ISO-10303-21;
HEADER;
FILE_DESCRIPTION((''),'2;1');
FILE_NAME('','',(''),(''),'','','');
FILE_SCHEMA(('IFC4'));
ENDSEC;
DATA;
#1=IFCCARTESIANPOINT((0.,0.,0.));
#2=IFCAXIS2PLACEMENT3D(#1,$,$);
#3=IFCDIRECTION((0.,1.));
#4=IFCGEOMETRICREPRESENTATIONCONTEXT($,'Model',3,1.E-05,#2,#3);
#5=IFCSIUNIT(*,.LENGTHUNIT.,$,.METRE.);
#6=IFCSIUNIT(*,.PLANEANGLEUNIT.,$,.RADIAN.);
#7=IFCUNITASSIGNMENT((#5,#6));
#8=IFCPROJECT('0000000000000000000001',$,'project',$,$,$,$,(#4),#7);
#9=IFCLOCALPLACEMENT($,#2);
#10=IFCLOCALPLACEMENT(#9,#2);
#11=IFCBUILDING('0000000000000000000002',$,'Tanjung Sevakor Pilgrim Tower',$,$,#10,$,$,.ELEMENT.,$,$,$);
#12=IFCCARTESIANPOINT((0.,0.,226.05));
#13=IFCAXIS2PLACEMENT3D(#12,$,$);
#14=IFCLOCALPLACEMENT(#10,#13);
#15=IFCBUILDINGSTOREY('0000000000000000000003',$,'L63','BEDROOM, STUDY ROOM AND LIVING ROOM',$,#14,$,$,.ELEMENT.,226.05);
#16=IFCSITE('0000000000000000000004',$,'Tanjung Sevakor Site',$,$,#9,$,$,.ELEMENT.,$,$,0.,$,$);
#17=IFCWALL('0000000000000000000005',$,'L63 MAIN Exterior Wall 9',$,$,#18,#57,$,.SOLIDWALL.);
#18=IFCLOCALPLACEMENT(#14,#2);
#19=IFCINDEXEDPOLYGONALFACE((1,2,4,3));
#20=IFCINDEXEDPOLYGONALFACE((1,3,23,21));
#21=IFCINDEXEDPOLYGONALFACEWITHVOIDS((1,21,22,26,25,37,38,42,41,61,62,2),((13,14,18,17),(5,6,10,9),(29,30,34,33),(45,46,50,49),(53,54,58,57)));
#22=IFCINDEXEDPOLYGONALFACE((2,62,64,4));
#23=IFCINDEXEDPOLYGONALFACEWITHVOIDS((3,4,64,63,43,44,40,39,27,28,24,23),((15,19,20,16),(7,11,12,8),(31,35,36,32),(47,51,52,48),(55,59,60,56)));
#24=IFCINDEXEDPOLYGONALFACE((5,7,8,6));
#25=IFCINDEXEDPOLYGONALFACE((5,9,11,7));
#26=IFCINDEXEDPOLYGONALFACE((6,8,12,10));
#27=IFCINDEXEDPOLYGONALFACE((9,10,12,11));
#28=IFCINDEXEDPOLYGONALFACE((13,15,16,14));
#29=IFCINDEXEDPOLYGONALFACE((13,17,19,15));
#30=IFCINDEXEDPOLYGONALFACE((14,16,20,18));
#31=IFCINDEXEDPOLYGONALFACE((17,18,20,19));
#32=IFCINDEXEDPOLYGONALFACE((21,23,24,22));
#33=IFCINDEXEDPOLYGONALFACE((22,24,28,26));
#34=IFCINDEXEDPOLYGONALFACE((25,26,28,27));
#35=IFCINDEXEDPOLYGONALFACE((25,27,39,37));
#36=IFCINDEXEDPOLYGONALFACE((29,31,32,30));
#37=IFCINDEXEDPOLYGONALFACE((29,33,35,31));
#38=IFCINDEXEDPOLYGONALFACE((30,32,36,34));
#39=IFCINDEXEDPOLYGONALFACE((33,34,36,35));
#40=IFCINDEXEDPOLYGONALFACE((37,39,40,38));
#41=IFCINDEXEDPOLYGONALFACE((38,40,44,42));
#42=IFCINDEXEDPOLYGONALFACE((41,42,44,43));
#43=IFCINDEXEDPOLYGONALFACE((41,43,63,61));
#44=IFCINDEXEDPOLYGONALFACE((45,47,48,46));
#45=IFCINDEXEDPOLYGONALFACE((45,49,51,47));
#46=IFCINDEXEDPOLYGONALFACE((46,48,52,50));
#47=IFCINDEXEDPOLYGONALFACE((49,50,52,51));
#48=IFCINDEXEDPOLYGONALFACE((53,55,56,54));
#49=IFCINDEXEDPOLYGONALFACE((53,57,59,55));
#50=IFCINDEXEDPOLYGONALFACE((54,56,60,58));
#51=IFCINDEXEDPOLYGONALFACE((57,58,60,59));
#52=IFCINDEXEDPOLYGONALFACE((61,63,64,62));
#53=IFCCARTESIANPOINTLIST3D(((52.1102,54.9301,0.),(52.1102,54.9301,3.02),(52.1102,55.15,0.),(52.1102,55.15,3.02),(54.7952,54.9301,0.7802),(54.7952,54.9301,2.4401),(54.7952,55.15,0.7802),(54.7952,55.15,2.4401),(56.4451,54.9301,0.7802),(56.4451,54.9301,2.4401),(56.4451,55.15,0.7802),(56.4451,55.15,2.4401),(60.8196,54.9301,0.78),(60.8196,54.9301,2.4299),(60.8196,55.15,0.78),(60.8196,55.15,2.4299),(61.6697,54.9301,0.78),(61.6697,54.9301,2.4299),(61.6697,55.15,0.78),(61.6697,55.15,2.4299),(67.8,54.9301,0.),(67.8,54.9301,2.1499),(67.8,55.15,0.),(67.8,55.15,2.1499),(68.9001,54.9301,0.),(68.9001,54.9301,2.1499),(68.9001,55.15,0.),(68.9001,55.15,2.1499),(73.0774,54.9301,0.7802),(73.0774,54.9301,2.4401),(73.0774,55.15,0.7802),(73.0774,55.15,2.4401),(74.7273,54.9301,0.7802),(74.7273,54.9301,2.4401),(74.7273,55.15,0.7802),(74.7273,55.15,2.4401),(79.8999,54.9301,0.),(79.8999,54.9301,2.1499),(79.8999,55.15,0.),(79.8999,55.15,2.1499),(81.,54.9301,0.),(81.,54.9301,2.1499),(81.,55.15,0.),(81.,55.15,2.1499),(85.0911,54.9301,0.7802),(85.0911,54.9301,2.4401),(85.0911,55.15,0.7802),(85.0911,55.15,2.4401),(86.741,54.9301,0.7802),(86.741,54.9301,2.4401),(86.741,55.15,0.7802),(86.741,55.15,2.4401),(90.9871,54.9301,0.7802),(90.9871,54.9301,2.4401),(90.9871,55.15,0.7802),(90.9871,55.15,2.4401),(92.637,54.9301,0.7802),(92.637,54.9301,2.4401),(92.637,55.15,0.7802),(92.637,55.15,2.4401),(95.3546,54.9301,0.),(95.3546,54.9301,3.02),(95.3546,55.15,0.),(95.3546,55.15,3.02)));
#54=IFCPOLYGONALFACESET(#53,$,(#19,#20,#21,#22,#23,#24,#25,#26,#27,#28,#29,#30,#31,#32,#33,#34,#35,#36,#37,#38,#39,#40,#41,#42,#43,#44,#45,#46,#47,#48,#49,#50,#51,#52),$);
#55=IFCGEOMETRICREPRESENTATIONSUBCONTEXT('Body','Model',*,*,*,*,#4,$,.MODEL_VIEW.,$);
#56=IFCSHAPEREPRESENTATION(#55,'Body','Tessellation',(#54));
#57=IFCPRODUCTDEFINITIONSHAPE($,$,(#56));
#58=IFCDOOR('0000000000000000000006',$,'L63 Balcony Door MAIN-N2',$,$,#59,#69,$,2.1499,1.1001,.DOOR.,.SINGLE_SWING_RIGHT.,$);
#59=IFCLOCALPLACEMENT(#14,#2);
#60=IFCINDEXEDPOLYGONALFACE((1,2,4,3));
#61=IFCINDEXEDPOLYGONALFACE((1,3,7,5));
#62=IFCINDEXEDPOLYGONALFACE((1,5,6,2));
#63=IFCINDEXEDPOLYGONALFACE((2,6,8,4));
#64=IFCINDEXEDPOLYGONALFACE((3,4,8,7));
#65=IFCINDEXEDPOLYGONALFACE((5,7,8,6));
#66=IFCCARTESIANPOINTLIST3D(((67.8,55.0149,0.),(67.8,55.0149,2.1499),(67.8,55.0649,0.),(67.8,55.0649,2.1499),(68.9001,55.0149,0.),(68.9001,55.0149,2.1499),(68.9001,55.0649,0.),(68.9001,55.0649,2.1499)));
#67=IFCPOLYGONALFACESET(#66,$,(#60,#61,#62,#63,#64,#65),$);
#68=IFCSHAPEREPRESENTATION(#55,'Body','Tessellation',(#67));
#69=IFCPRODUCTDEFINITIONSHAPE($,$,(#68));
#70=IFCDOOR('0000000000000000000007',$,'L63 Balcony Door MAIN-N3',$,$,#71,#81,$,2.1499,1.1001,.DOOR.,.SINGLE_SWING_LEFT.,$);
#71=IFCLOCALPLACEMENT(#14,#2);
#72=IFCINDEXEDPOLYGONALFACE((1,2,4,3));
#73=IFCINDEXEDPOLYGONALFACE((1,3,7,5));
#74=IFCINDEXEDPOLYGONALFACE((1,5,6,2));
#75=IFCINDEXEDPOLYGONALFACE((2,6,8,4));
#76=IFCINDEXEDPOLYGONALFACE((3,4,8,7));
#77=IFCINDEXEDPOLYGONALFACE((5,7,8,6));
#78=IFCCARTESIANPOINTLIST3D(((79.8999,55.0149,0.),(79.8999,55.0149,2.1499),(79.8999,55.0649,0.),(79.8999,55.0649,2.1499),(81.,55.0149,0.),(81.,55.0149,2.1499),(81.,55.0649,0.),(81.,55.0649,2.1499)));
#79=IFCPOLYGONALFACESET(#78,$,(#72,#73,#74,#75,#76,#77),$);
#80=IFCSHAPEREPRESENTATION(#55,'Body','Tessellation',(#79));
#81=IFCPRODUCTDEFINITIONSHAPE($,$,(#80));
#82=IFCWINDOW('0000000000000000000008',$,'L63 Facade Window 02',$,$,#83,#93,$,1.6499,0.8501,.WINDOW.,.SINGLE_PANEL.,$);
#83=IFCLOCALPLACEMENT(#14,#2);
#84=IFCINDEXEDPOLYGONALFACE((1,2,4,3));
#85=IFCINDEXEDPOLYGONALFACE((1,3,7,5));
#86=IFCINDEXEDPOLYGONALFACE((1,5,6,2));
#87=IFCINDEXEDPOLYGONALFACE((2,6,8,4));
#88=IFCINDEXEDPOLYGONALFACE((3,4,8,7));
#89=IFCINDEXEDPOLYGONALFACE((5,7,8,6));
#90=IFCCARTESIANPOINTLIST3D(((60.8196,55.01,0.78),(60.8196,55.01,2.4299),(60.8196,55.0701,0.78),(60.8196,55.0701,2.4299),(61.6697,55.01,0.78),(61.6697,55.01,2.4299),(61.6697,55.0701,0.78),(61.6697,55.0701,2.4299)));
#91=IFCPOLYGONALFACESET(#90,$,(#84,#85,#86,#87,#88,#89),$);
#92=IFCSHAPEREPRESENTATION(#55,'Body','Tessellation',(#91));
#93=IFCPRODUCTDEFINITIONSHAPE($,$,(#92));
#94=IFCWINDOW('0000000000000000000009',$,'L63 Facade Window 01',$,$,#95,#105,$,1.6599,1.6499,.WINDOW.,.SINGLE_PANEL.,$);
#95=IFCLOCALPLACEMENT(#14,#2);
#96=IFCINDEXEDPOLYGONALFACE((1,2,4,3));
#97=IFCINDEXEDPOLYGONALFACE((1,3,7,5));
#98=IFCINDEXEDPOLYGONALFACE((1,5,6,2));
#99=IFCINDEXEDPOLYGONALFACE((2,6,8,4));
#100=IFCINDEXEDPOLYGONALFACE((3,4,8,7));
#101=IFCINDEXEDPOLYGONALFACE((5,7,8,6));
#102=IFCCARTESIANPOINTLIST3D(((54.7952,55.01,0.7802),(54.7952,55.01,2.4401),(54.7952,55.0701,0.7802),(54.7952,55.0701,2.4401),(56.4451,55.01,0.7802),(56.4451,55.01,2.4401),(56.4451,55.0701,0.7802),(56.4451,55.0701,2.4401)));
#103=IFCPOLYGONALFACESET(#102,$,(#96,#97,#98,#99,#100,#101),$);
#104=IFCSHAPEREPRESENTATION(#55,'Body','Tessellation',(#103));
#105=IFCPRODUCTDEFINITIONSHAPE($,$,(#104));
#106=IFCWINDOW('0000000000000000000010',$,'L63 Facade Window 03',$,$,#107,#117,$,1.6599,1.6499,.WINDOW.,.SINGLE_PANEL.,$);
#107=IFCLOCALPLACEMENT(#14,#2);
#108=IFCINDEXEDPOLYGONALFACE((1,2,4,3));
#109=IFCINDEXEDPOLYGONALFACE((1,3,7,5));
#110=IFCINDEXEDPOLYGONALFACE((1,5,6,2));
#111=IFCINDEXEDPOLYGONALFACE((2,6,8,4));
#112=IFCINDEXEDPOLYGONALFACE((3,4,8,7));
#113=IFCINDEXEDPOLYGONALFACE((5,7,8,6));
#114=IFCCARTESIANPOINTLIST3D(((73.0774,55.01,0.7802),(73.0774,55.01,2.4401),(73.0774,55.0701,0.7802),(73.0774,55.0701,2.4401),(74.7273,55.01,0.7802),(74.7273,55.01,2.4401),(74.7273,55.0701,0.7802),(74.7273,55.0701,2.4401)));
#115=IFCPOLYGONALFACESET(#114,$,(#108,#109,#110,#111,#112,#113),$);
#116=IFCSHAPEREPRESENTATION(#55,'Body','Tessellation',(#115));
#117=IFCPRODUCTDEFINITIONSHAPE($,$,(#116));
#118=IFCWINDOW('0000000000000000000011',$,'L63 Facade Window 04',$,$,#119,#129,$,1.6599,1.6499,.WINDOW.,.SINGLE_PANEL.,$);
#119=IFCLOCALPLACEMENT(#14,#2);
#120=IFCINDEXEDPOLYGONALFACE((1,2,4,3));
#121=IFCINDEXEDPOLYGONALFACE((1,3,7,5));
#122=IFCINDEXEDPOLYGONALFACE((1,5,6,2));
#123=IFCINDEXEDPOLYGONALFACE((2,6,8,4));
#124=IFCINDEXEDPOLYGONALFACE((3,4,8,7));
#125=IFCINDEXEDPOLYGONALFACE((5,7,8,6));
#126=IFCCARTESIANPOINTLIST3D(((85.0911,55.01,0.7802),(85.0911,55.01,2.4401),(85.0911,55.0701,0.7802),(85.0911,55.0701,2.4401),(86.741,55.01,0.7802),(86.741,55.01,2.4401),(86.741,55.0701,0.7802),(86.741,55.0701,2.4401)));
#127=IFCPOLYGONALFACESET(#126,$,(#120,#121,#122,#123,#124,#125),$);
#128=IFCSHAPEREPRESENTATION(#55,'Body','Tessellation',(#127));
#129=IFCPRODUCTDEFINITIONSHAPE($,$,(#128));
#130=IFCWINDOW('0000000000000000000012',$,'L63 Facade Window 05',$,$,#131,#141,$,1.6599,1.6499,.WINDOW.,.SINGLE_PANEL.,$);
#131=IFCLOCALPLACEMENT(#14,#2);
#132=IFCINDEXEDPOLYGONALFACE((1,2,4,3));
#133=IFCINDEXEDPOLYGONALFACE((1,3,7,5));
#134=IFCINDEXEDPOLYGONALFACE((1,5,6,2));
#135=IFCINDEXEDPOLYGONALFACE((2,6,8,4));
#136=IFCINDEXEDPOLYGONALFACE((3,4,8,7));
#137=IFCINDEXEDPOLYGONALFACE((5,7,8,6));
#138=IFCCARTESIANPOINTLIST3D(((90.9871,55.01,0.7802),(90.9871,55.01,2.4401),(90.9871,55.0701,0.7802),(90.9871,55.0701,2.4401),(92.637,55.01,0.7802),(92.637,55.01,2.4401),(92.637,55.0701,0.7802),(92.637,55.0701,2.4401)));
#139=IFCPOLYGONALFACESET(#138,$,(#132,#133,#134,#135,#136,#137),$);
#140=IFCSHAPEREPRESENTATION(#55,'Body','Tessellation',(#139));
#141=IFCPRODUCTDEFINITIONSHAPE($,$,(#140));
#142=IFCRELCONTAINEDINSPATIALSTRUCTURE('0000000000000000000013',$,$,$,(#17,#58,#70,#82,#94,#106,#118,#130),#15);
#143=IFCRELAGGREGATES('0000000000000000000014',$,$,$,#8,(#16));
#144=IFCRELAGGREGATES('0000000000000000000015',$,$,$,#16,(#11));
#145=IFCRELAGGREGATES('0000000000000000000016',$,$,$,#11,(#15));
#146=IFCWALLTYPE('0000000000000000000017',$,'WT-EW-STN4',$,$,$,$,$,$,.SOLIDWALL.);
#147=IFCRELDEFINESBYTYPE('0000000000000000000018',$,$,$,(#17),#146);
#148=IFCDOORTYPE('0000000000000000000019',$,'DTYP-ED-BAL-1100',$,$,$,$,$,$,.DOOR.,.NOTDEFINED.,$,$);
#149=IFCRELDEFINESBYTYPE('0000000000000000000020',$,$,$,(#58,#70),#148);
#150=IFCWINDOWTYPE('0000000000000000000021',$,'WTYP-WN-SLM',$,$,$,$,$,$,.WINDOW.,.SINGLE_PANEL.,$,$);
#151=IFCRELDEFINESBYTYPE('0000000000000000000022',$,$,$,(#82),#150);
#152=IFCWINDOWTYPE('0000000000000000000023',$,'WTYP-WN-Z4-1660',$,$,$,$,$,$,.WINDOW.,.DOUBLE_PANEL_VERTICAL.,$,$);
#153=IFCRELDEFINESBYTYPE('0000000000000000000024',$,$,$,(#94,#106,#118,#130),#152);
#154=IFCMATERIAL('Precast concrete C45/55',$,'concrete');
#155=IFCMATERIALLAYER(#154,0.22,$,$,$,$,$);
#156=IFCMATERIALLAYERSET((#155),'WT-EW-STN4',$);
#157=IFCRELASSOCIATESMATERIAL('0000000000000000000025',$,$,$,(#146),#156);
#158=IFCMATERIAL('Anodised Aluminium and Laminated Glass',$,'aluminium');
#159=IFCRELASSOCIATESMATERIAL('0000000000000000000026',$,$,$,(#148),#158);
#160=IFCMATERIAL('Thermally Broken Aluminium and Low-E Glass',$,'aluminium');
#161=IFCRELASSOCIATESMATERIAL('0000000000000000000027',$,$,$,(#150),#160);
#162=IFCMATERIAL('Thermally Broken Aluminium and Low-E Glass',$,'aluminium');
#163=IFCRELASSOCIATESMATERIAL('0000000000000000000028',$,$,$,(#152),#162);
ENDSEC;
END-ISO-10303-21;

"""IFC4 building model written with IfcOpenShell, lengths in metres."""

from ifc_helpers import new_model, si_unit, direction, frame, frame_2d, origin, place, context, subcontext, project, spatial, rectangle, extrude, material, layer, layer_set, type_object, element, fill, save


model = new_model("IFC4")

# Units and contexts
model_context = context("Model", 3, precision=1e-05, world=origin(), true_north=direction((0.0, 1.0)))
body_context = subcontext(model_context, "Body", "Model", "MODEL_VIEW")
ifc_project = project(units=[si_unit("LENGTHUNIT", "METRE"), si_unit("PLANEANGLEUNIT", "RADIAN")], contexts=[model_context])

# Site, building, storey
site_placement = place(None, origin())
site = spatial("IfcSite", under=ifc_project, at=site_placement, Name="Tanjung Sevakor Site", CompositionType="ELEMENT", RefElevation=0.0)
building_placement = place(site_placement, origin())
building = spatial("IfcBuilding", under=site, at=building_placement, Name="Tanjung Sevakor Pilgrim Tower", CompositionType="ELEMENT")
storey_placement = place(building_placement, frame((0.0, 0.0, 226.05)))
storey = spatial("IfcBuildingStorey", under=building, at=storey_placement, Name="L63", Description="BEDROOM, STUDY ROOM AND LIVING ROOM", CompositionType="ELEMENT", Elevation=226.05)

# Wall, openings, doors, windows
ifc_material_1 = material(Name="Precast concrete C45/55", Category="concrete")
ifc_layer_1 = layer(ifc_material_1, 0.22)
ifc_layer_set_1 = layer_set([ifc_layer_1], Name="WT-EW-STN4")
wall_type_1 = type_object("IfcWallType", Name="WT-EW-STN4", PredefinedType="SOLIDWALL", material=ifc_layer_set_1)
wall_1_placement = place(storey_placement, frame((95.3545, 55.04, 0.0), z_axis=(0.0, 0.0, 1.0), x_axis=(-1.0, 0.0, 0.0)))
wall_1 = element("IfcWall", 1, at=wall_1_placement, inside=storey, type_object=wall_type_1, Name="L63 MAIN Exterior Wall 9", PredefinedType="SOLIDWALL", context=body_context, shape_type="SweptSolid", body=[
    extrude(rectangle(XDim=43.2444, YDim=0.22, at=frame_2d((21.6221, 0.0))), origin(), (0.0, 0.0, 1.0), 3.02),
])
opening_1_placement = place(wall_1_placement, frame((26.4543, 0.0, 0.0)))
opening_1 = element("IfcOpeningElement", 2, at=opening_1_placement, cuts=wall_1, PredefinedType="OPENING", context=body_context, shape_type="SweptSolid", body=[
    extrude(rectangle(XDim=1.1001, YDim=2.1499, at=frame_2d((0.55, 1.075))), frame((0.0, 0.1199, 0.0), z_axis=(0.0, -1.0, 0.0), x_axis=(1.0, 0.0, 0.0)), (0.0, 0.0, 1.0), 0.24),
])
opening_2_placement = place(wall_1_placement, frame((14.3545, 0.0, 0.0)))
opening_2 = element("IfcOpeningElement", 3, at=opening_2_placement, cuts=wall_1, PredefinedType="OPENING", context=body_context, shape_type="SweptSolid", body=[
    extrude(rectangle(XDim=1.1001, YDim=2.1499, at=frame_2d((0.55, 1.075))), frame((0.0, 0.1199, 0.0), z_axis=(0.0, -1.0, 0.0), x_axis=(1.0, 0.0, 0.0)), (0.0, 0.0, 1.0), 0.24),
])
opening_3_placement = place(wall_1_placement, frame((38.9094, 0.0, 0.78)))
opening_3 = element("IfcOpeningElement", 4, at=opening_3_placement, cuts=wall_1, PredefinedType="OPENING", context=body_context, shape_type="SweptSolid", body=[
    extrude(rectangle(XDim=1.6499, YDim=1.6599, at=frame_2d((0.825, 0.8301))), frame((0.0, 0.1199, 0.0), z_axis=(0.0, -1.0, 0.0), x_axis=(1.0, 0.0, 0.0)), (0.0, 0.0, 1.0), 0.24),
])
opening_4_placement = place(wall_1_placement, frame((33.6848, 0.0, 0.78)))
opening_4 = element("IfcOpeningElement", 5, at=opening_4_placement, cuts=wall_1, PredefinedType="OPENING", context=body_context, shape_type="SweptSolid", body=[
    extrude(rectangle(XDim=0.8501, YDim=1.6499, at=frame_2d((0.425, 0.825))), frame((0.0, 0.1199, 0.0), z_axis=(0.0, -1.0, 0.0), x_axis=(1.0, 0.0, 0.0)), (0.0, 0.0, 1.0), 0.24),
])
opening_5_placement = place(wall_1_placement, frame((20.6272, 0.0, 0.78)))
opening_5 = element("IfcOpeningElement", 6, at=opening_5_placement, cuts=wall_1, PredefinedType="OPENING", context=body_context, shape_type="SweptSolid", body=[
    extrude(rectangle(XDim=1.6499, YDim=1.6599, at=frame_2d((0.825, 0.8301))), frame((0.0, 0.1199, 0.0), z_axis=(0.0, -1.0, 0.0), x_axis=(1.0, 0.0, 0.0)), (0.0, 0.0, 1.0), 0.24),
])
opening_6_placement = place(wall_1_placement, frame((8.6135, 0.0, 0.78)))
opening_6 = element("IfcOpeningElement", 7, at=opening_6_placement, cuts=wall_1, PredefinedType="OPENING", context=body_context, shape_type="SweptSolid", body=[
    extrude(rectangle(XDim=1.6499, YDim=1.6599, at=frame_2d((0.825, 0.8301))), frame((0.0, 0.1199, 0.0), z_axis=(0.0, -1.0, 0.0), x_axis=(1.0, 0.0, 0.0)), (0.0, 0.0, 1.0), 0.24),
])
opening_7_placement = place(wall_1_placement, frame((2.7175, 0.0, 0.78)))
opening_7 = element("IfcOpeningElement", 8, at=opening_7_placement, cuts=wall_1, PredefinedType="OPENING", context=body_context, shape_type="SweptSolid", body=[
    extrude(rectangle(XDim=1.6499, YDim=1.6599, at=frame_2d((0.825, 0.8301))), frame((0.0, 0.1199, 0.0), z_axis=(0.0, -1.0, 0.0), x_axis=(1.0, 0.0, 0.0)), (0.0, 0.0, 1.0), 0.24),
])
ifc_material_2 = material(Name="Anodised Aluminium and Laminated Glass", Category="aluminium")
door_type_1 = type_object("IfcDoorType", Name="DTYP-ED-BAL-1100", OperationType="NOTDEFINED", PredefinedType="DOOR", material=ifc_material_2)
door_1_placement = place(opening_1_placement, frame((1.1001, 0.0, 0.0), z_axis=(0.0, 0.0, 1.0), x_axis=(-1.0, 0.0, 0.0)))
door_1 = element("IfcDoor", 9, at=door_1_placement, inside=storey, type_object=door_type_1, Name="L63 Balcony Door MAIN-N2", OperationType="SINGLE_SWING_RIGHT", OverallHeight=2.1499, OverallWidth=1.1001, PredefinedType="DOOR", context=body_context, shape_type="SweptSolid", body=[
    extrude(rectangle(XDim=1.1001, YDim=2.1499, at=frame_2d((0.55, 1.075))), frame((0.0, 0.0249, 0.0), z_axis=(0.0, -1.0, 0.0), x_axis=(1.0, 0.0, 0.0)), (0.0, 0.0, 1.0), 0.05),
])
fill(opening_1, door_1)
door_2_placement = place(opening_2_placement, frame((1.1001, 0.0, 0.0), z_axis=(0.0, 0.0, 1.0), x_axis=(-1.0, 0.0, 0.0)))
door_2 = element("IfcDoor", 10, at=door_2_placement, inside=storey, type_object=door_type_1, Name="L63 Balcony Door MAIN-N3", OperationType="SINGLE_SWING_LEFT", OverallHeight=2.1499, OverallWidth=1.1001, PredefinedType="DOOR", context=body_context, shape_type="SweptSolid", body=[
    extrude(rectangle(XDim=1.1001, YDim=2.1499, at=frame_2d((0.55, 1.075))), frame((0.0, 0.0249, 0.0), z_axis=(0.0, -1.0, 0.0), x_axis=(1.0, 0.0, 0.0)), (0.0, 0.0, 1.0), 0.05),
])
fill(opening_2, door_2)
ifc_material_3 = material(Name="Thermally Broken Aluminium and Low-E Glass", Category="aluminium")
window_type_1 = type_object("IfcWindowType", Name="WTYP-WN-SLM", PartitioningType="SINGLE_PANEL", PredefinedType="WINDOW", material=ifc_material_3)
window_1_placement = place(opening_4_placement, origin())
window_1 = element("IfcWindow", 11, at=window_1_placement, inside=storey, type_object=window_type_1, Name="L63 Facade Window 02", OverallHeight=1.6499, OverallWidth=0.8501, PartitioningType="SINGLE_PANEL", PredefinedType="WINDOW", context=body_context, shape_type="SweptSolid", body=[
    extrude(rectangle(XDim=0.8501, YDim=1.6499, at=frame_2d((0.425, 0.825))), frame((0.0, 0.03, 0.0), z_axis=(0.0, -1.0, 0.0), x_axis=(1.0, 0.0, 0.0)), (0.0, 0.0, 1.0), 0.0601),
])
fill(opening_4, window_1)
ifc_material_4 = material(Name="Thermally Broken Aluminium and Low-E Glass", Category="aluminium")
window_type_2 = type_object("IfcWindowType", Name="WTYP-WN-Z4-1660", PartitioningType="DOUBLE_PANEL_VERTICAL", PredefinedType="WINDOW", material=ifc_material_4)
window_2_placement = place(opening_3_placement, origin())
window_2 = element("IfcWindow", 12, at=window_2_placement, inside=storey, type_object=window_type_2, Name="L63 Facade Window 01", OverallHeight=1.6599, OverallWidth=1.6499, PartitioningType="SINGLE_PANEL", PredefinedType="WINDOW", context=body_context, shape_type="SweptSolid", body=[
    extrude(rectangle(XDim=1.6499, YDim=1.6599, at=frame_2d((0.825, 0.8301))), frame((0.0, 0.03, 0.0), z_axis=(0.0, -1.0, 0.0), x_axis=(1.0, 0.0, 0.0)), (0.0, 0.0, 1.0), 0.0601),
])
fill(opening_3, window_2)
window_3_placement = place(opening_5_placement, origin())
window_3 = element("IfcWindow", 13, at=window_3_placement, inside=storey, type_object=window_type_2, Name="L63 Facade Window 03", OverallHeight=1.6599, OverallWidth=1.6499, PartitioningType="SINGLE_PANEL", PredefinedType="WINDOW", context=body_context, shape_type="SweptSolid", body=[
    extrude(rectangle(XDim=1.6499, YDim=1.6599, at=frame_2d((0.825, 0.8301))), frame((0.0, 0.03, 0.0), z_axis=(0.0, -1.0, 0.0), x_axis=(1.0, 0.0, 0.0)), (0.0, 0.0, 1.0), 0.0601),
])
fill(opening_5, window_3)
window_4_placement = place(opening_6_placement, origin())
window_4 = element("IfcWindow", 14, at=window_4_placement, inside=storey, type_object=window_type_2, Name="L63 Facade Window 04", OverallHeight=1.6599, OverallWidth=1.6499, PartitioningType="SINGLE_PANEL", PredefinedType="WINDOW", context=body_context, shape_type="SweptSolid", body=[
    extrude(rectangle(XDim=1.6499, YDim=1.6599, at=frame_2d((0.825, 0.8301))), frame((0.0, 0.03, 0.0), z_axis=(0.0, -1.0, 0.0), x_axis=(1.0, 0.0, 0.0)), (0.0, 0.0, 1.0), 0.0601),
])
fill(opening_6, window_4)
window_5_placement = place(opening_7_placement, origin())
window_5 = element("IfcWindow", 15, at=window_5_placement, inside=storey, type_object=window_type_2, Name="L63 Facade Window 05", OverallHeight=1.6599, OverallWidth=1.6499, PartitioningType="SINGLE_PANEL", PredefinedType="WINDOW", context=body_context, shape_type="SweptSolid", body=[
    extrude(rectangle(XDim=1.6499, YDim=1.6599, at=frame_2d((0.825, 0.8301))), frame((0.0, 0.03, 0.0), z_axis=(0.0, -1.0, 0.0), x_axis=(1.0, 0.0, 0.0)), (0.0, 0.0, 1.0), 0.0601),
])
fill(opening_7, window_5)

save(model, "model.ifc")
